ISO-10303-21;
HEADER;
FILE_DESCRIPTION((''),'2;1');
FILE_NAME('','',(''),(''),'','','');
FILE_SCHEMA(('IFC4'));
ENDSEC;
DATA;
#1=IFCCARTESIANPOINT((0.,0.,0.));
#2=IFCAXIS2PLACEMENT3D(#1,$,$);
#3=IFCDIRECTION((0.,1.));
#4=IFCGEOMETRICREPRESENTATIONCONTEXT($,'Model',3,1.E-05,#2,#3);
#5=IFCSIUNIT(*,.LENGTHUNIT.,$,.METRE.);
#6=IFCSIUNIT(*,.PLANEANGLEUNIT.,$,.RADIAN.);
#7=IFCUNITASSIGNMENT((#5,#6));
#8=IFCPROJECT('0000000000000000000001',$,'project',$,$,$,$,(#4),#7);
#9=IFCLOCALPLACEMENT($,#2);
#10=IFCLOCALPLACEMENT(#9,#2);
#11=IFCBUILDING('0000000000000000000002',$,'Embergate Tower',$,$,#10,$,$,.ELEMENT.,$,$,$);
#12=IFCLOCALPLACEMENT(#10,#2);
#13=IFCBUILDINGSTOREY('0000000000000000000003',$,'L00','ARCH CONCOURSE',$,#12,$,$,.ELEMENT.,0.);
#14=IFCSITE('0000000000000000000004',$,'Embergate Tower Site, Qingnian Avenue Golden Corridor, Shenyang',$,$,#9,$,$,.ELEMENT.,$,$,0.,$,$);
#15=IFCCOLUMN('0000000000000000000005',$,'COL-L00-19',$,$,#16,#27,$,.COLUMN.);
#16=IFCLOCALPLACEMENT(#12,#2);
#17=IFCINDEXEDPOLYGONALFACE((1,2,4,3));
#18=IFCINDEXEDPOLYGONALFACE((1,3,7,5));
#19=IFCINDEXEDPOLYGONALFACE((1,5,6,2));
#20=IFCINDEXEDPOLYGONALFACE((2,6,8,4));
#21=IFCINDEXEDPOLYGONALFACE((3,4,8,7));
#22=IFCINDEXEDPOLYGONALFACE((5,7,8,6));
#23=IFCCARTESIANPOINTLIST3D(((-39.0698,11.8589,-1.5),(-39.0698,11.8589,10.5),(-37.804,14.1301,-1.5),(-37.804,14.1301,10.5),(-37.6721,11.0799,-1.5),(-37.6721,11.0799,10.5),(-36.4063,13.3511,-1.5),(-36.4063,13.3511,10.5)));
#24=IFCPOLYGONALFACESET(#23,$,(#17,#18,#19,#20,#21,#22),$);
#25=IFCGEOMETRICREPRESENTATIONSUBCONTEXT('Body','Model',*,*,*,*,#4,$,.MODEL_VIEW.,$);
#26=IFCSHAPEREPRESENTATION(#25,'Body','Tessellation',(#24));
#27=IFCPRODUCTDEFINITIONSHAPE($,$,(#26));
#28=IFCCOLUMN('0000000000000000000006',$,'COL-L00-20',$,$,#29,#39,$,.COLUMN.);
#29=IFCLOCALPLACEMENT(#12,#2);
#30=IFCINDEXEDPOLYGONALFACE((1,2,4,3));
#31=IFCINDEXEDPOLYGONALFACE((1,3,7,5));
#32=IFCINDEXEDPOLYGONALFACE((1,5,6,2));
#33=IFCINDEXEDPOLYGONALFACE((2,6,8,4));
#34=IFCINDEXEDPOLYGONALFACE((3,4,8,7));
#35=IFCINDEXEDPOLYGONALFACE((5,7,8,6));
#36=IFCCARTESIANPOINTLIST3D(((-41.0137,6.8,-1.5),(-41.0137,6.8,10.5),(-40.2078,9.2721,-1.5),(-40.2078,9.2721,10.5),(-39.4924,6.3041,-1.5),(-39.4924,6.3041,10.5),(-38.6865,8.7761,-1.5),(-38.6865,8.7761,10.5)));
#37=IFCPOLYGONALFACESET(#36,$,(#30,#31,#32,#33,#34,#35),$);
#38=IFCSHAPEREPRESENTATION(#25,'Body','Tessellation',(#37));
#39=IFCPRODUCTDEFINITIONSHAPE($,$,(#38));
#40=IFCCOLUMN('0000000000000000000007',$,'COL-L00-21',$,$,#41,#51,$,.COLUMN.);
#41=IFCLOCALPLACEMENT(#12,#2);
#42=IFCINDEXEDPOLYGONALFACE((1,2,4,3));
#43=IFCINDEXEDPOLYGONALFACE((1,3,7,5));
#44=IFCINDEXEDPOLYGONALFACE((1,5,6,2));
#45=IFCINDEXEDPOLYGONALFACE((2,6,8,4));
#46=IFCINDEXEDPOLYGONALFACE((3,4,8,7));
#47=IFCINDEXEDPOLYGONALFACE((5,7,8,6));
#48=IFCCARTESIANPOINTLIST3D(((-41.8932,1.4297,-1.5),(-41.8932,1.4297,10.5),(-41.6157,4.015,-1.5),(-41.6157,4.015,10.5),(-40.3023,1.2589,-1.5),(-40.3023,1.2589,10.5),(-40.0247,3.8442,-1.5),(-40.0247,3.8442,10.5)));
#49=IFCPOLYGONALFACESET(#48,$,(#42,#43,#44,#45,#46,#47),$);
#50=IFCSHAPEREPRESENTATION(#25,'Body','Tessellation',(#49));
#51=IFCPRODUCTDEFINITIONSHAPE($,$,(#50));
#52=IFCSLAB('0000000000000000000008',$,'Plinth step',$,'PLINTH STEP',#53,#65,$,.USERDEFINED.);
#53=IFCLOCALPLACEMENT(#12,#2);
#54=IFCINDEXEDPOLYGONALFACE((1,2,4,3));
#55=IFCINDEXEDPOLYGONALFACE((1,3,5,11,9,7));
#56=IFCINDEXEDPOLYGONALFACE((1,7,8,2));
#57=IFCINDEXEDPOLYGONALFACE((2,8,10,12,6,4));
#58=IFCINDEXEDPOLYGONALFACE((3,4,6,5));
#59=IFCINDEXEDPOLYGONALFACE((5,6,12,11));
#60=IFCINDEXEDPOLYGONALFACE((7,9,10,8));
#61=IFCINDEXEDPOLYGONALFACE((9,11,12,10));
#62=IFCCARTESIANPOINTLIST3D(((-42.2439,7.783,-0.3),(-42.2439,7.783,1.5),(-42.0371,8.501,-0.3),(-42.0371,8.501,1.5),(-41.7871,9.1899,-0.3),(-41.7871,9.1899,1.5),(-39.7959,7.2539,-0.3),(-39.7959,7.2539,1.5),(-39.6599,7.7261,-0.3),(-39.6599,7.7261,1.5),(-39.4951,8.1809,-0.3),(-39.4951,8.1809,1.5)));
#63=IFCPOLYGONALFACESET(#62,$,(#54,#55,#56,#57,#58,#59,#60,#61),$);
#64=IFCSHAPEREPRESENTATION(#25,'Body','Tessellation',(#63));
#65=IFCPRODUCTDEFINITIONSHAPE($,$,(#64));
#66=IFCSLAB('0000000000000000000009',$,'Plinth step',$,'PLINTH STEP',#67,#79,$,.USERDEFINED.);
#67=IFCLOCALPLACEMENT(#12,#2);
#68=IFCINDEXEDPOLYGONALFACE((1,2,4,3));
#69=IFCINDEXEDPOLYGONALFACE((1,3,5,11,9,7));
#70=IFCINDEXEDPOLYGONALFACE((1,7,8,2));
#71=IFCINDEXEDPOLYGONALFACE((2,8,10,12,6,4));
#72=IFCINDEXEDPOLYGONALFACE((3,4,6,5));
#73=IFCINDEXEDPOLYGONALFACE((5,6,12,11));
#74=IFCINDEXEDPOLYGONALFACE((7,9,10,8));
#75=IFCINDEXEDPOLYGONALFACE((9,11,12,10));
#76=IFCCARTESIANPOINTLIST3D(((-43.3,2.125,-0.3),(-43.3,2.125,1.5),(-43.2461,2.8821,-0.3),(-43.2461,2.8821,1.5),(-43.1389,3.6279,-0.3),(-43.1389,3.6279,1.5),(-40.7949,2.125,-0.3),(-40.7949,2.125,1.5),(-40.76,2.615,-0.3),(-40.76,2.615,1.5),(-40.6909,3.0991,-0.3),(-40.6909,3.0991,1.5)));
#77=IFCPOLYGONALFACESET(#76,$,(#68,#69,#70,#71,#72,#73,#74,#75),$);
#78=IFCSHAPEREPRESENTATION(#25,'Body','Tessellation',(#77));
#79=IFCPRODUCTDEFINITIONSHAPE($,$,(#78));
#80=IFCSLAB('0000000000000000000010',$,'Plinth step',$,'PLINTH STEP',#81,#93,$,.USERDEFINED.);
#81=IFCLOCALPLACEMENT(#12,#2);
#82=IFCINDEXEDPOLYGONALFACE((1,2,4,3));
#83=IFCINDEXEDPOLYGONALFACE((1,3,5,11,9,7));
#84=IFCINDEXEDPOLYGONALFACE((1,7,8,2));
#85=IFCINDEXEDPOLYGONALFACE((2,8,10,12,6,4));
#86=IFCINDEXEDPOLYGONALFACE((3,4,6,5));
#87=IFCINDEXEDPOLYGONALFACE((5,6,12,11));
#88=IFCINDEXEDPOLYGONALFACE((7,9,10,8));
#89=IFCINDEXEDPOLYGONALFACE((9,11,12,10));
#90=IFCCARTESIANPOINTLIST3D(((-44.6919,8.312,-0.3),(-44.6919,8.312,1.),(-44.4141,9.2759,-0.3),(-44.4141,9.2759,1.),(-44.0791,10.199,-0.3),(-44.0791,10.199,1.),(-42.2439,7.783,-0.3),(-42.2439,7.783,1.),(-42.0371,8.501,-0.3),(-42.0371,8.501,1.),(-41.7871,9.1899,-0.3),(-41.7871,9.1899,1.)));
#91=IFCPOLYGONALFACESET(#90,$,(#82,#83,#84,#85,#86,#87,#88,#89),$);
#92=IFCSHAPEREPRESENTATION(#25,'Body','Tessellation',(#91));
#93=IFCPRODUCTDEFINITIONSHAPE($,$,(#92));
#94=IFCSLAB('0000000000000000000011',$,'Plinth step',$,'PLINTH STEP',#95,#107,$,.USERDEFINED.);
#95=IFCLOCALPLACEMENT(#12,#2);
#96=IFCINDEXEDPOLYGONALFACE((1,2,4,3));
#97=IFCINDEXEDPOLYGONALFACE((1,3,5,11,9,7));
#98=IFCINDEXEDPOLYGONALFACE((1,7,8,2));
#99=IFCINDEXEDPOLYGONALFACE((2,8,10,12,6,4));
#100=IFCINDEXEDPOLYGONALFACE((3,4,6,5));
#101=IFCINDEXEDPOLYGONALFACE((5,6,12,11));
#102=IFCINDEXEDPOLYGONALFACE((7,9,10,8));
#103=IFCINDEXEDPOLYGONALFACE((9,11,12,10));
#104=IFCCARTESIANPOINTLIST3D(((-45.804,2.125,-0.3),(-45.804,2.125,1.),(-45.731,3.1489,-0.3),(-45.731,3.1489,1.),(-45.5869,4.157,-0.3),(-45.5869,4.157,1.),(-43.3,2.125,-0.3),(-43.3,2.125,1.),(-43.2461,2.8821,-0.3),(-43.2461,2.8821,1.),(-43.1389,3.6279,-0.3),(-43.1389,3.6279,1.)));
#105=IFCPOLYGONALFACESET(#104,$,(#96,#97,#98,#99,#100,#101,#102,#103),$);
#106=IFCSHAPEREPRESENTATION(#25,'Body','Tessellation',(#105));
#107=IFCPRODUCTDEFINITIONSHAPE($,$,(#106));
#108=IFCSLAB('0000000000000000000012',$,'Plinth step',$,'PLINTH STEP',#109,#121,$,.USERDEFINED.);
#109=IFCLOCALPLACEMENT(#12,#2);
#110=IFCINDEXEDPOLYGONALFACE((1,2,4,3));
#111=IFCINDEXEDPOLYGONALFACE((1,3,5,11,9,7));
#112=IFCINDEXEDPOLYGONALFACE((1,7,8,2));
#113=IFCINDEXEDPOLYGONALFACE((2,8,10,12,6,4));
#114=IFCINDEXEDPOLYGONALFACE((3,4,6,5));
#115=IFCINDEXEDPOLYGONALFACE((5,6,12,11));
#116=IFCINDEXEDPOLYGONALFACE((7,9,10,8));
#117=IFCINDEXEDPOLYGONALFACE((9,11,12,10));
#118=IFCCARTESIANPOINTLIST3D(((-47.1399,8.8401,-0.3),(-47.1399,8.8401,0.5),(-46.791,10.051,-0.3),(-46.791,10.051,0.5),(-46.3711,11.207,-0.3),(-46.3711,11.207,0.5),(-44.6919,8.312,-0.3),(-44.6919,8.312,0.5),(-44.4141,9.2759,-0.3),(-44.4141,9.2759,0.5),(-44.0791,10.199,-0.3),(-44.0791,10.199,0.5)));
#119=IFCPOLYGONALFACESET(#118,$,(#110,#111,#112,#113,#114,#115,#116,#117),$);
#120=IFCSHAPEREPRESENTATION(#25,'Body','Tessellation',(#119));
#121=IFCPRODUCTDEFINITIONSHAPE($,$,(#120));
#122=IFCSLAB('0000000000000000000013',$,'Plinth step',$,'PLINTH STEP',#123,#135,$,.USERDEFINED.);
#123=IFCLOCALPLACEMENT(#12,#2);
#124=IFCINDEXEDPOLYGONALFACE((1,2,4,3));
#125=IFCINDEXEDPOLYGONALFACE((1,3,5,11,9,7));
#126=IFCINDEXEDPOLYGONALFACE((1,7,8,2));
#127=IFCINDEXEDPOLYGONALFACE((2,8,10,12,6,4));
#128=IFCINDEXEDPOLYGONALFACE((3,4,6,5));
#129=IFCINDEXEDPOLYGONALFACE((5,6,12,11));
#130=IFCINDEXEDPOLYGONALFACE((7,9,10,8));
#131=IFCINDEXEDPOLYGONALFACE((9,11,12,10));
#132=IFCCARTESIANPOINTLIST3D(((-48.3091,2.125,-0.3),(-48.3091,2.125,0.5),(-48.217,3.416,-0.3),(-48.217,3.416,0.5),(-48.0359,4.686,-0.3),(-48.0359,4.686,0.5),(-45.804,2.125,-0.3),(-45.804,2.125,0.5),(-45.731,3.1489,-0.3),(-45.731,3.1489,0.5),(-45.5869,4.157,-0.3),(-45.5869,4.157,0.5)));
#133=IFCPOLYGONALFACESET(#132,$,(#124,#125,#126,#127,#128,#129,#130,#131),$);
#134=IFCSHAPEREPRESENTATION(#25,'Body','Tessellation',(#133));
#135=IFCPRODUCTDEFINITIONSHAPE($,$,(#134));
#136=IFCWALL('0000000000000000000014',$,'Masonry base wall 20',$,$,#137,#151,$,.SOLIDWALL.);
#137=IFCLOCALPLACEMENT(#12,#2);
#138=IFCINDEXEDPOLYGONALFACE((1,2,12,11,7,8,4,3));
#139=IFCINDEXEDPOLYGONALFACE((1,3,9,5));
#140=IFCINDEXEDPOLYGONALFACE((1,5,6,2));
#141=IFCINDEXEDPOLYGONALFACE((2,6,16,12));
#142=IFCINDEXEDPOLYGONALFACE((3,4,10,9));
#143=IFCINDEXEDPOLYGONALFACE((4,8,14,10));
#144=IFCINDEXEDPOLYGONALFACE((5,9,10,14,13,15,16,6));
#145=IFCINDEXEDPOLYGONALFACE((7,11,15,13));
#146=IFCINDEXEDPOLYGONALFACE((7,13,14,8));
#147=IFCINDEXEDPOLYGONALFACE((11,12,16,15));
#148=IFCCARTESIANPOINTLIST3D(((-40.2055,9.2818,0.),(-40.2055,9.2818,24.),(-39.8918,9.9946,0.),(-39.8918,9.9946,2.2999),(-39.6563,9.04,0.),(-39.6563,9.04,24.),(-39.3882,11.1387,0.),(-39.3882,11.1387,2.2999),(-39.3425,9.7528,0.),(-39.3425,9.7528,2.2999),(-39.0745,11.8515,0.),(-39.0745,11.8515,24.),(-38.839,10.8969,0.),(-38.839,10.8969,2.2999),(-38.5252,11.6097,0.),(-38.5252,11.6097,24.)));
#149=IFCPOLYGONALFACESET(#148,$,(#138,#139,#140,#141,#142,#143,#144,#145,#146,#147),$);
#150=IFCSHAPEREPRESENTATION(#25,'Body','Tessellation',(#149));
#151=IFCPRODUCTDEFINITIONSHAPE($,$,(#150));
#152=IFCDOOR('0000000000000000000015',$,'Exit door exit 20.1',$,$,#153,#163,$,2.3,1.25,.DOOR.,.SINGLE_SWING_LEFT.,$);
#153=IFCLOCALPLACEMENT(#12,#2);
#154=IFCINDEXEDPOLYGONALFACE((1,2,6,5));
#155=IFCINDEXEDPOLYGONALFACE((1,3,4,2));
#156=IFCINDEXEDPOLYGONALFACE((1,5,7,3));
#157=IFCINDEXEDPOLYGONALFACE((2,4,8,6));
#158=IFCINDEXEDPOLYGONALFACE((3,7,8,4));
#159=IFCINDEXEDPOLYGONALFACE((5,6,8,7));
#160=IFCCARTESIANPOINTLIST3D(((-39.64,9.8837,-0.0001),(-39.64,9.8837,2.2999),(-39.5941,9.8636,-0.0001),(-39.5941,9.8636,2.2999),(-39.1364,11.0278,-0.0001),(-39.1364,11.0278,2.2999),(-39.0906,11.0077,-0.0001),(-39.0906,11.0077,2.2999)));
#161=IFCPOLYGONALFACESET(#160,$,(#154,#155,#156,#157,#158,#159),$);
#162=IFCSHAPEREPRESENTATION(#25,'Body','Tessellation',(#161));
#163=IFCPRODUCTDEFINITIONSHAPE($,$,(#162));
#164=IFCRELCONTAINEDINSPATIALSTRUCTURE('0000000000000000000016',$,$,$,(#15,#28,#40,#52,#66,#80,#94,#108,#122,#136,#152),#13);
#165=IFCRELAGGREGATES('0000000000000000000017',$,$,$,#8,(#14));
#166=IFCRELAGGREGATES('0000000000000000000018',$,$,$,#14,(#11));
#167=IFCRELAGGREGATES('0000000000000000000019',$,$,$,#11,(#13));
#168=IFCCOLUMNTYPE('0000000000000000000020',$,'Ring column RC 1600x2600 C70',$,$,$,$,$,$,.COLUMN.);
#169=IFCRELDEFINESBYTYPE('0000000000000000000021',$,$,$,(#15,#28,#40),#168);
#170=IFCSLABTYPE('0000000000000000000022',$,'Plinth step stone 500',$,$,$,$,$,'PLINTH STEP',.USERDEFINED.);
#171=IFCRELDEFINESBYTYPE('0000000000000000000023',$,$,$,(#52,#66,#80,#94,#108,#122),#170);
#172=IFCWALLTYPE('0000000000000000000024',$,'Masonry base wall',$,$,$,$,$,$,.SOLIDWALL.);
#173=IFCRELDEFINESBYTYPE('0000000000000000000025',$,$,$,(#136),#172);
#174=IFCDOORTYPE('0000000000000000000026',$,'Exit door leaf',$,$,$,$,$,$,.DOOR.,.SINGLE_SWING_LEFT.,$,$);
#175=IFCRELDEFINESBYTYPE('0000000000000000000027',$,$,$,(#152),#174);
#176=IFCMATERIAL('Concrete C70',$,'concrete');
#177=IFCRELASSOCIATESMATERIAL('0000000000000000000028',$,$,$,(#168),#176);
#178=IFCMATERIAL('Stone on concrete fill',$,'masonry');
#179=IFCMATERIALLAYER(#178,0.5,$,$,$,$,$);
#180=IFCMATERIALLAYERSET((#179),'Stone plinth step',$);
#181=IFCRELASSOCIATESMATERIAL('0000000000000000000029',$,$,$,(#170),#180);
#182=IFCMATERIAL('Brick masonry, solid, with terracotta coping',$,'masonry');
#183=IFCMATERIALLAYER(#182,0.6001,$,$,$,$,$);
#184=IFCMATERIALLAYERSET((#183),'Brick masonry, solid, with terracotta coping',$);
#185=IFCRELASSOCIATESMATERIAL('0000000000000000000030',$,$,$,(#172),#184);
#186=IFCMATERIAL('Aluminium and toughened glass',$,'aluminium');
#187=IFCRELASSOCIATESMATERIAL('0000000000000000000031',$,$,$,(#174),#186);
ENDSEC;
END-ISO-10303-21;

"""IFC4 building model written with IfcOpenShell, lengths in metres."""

from ifc_helpers import new_model, si_unit, direction, frame, frame_2d, origin, origin_2d, place, context, subcontext, project, spatial, polyline, rectangle, outline, extrude, source, transform, mapped, material, layer, layer_set, material_profile, profile_set, type_object, element, fill, save


model = new_model("IFC4")

# Units and contexts
model_context = context("Model", 3, precision=1e-05, world=origin(), true_north=direction((0.0, 1.0)))
body_context = subcontext(model_context, "Body", "Model", "MODEL_VIEW")
ifc_project = project(units=[si_unit("LENGTHUNIT", "METRE"), si_unit("PLANEANGLEUNIT", "RADIAN")], contexts=[model_context])

# Site, building, storey
site_placement = place(None, origin())
site = spatial("IfcSite", under=ifc_project, at=site_placement, Name="Embergate Tower Site, Qingnian Avenue Golden Corridor, Shenyang", CompositionType="ELEMENT", RefElevation=0.0)
building_placement = place(site_placement, origin())
building = spatial("IfcBuilding", under=site, at=building_placement, Name="Embergate Tower", CompositionType="ELEMENT")
storey_placement = place(building_placement, origin())
storey = spatial("IfcBuildingStorey", under=building, at=storey_placement, Name="L00", Description="ARCH CONCOURSE", CompositionType="ELEMENT", Elevation=0.0)

# Columns
ifc_material_1 = material(Name="Concrete C70", Category="concrete")
ifc_material_profile = material_profile(ifc_material_1, rectangle(XDim=1.6001, YDim=2.6001, at=origin_2d()), Name="RC 1600x2600")
ifc_profile_set = profile_set([ifc_material_profile], Name="Concrete C70")
column_type = type_object("IfcColumnType", Name="Ring column RC 1600x2600 C70", PredefinedType="COLUMN", material=ifc_profile_set)
shared_shape_1 = source(origin(), body_context, "Body", "SweptSolid", [
    extrude(rectangle(XDim=1.6001, YDim=2.6001, at=origin_2d()), origin(), (0.0, 0.0, 1.0), 12.0),
])
for number, where, z_axis, x_axis, name in (
    (1, (-37.738, 12.605, -1.5), (0.0, 0.0, 1.0), (-0.873492, 0.486839, 0.0), "COL-L00-19"),
    (2, (-39.8501, 7.7881, -1.5), (0.0, 0.0, 1.0), (-0.950754, 0.309946, 0.0), "COL-L00-20"),
    (3, (-40.959, 2.637, -1.5), (0.0, 0.0, 1.0), (-0.994286, 0.10675, 0.0), "COL-L00-21"),
):
    element("IfcColumn", number, at=place(storey_placement, frame(where, z_axis=z_axis, x_axis=x_axis)), inside=storey, type_object=column_type, Name=name, PredefinedType="COLUMN", context=body_context, shape_type="MappedRepresentation", body=[
        mapped(shared_shape_1, transform((0.0, 0.0, 0.0))),
    ])

# Slabs
ifc_material_2 = material(Name="Stone on concrete fill", Category="masonry")
ifc_layer_1 = layer(ifc_material_2, 0.5)
ifc_layer_set_1 = layer_set([ifc_layer_1], Name="Stone plinth step")
slab_type = type_object("IfcSlabType", Name="Plinth step stone 500", ElementType="PLINTH STEP", PredefinedType="USERDEFINED", material=ifc_layer_set_1)
shared_shape_2 = source(origin(), body_context, "Body", "SweptSolid", [
    extrude(outline(polyline([(0.0, 0.0), (-2.448, 0.5291), (-2.2412, 1.2471), (-1.9912, 1.936), (0.3008, 0.927), (0.136, 0.4722), (0.0, 0.0)])), origin(), (0.0, 0.0, 1.0), 1.8),
])
slab_1_placement = place(storey_placement, frame((-39.7959, 7.2539, -0.3)))
element("IfcSlab", 4, at=slab_1_placement, inside=storey, type_object=slab_type, Name="Plinth step", ObjectType="PLINTH STEP", PredefinedType="USERDEFINED", context=body_context, shape_type="MappedRepresentation", body=[
    mapped(shared_shape_2, transform((0.0, 0.0, 0.0))),
])
shared_shape_3 = source(origin(), body_context, "Body", "SweptSolid", [
    extrude(outline(polyline([(0.0, 0.0), (0.054, 0.7571), (0.1611, 1.5029), (2.6091, 0.9741), (2.54, 0.49), (2.5051, 0.0), (0.0, 0.0)])), origin(), (0.0, 0.0, 1.0), 1.8),
])
slab_2_placement = place(storey_placement, frame((-43.3, 2.125, -0.3)))
element("IfcSlab", 5, at=slab_2_placement, inside=storey, type_object=slab_type, Name="Plinth step", ObjectType="PLINTH STEP", PredefinedType="USERDEFINED", context=body_context, shape_type="MappedRepresentation", body=[
    mapped(shared_shape_3, transform((0.0, 0.0, 0.0))),
])
shared_shape_4 = source(origin(), body_context, "Body", "SweptSolid", [
    extrude(outline(polyline([(0.0, 0.0), (-2.448, 0.5291), (-2.1702, 1.4929), (-1.8352, 2.416), (0.4568, 1.407), (0.2068, 0.718), (0.0, 0.0)])), origin(), (0.0, 0.0, 1.0), 1.3),
])
slab_3_placement = place(storey_placement, frame((-42.2439, 7.783, -0.3)))
element("IfcSlab", 6, at=slab_3_placement, inside=storey, type_object=slab_type, Name="Plinth step", ObjectType="PLINTH STEP", PredefinedType="USERDEFINED", context=body_context, shape_type="MappedRepresentation", body=[
    mapped(shared_shape_4, transform((0.0, 0.0, 0.0))),
])
shared_shape_5 = source(origin(), body_context, "Body", "SweptSolid", [
    extrude(outline(polyline([(0.0, 0.0), (0.073, 1.0239), (0.217, 2.032), (2.665, 1.5029), (2.5579, 0.7571), (2.5039, 0.0), (0.0, 0.0)])), origin(), (0.0, 0.0, 1.0), 1.3),
])
slab_4_placement = place(storey_placement, frame((-45.804, 2.125, -0.3)))
element("IfcSlab", 7, at=slab_4_placement, inside=storey, type_object=slab_type, Name="Plinth step", ObjectType="PLINTH STEP", PredefinedType="USERDEFINED", context=body_context, shape_type="MappedRepresentation", body=[
    mapped(shared_shape_5, transform((0.0, 0.0, 0.0))),
])
shared_shape_6 = source(origin(), body_context, "Body", "SweptSolid", [
    extrude(outline(polyline([(0.0, 0.0), (-2.448, 0.5281), (-2.0991, 1.739), (-1.6792, 2.895), (0.6128, 1.887), (0.2778, 0.9639), (0.0, 0.0)])), origin(), (0.0, 0.0, 1.0), 0.8),
])
slab_5_placement = place(storey_placement, frame((-44.6919, 8.312, -0.3)))
element("IfcSlab", 8, at=slab_5_placement, inside=storey, type_object=slab_type, Name="Plinth step", ObjectType="PLINTH STEP", PredefinedType="USERDEFINED", context=body_context, shape_type="MappedRepresentation", body=[
    mapped(shared_shape_6, transform((0.0, 0.0, 0.0))),
])
shared_shape_7 = source(origin(), body_context, "Body", "SweptSolid", [
    extrude(outline(polyline([(0.0, 0.0), (0.092, 1.291), (0.2732, 2.561), (2.7222, 2.032), (2.5781, 1.0239), (2.5051, 0.0), (0.0, 0.0)])), origin(), (0.0, 0.0, 1.0), 0.8),
])
slab_6_placement = place(storey_placement, frame((-48.3091, 2.125, -0.3)))
element("IfcSlab", 9, at=slab_6_placement, inside=storey, type_object=slab_type, Name="Plinth step", ObjectType="PLINTH STEP", PredefinedType="USERDEFINED", context=body_context, shape_type="MappedRepresentation", body=[
    mapped(shared_shape_7, transform((0.0, 0.0, 0.0))),
])

# Wall, opening, door
ifc_material_3 = material(Name="Brick masonry, solid, with terracotta coping", Category="masonry")
ifc_layer_2 = layer(ifc_material_3, 0.6001)
ifc_layer_set_2 = layer_set([ifc_layer_2], Name="Brick masonry, solid, with terracotta coping")
wall_type_1 = type_object("IfcWallType", Name="Masonry base wall", PredefinedType="SOLIDWALL", material=ifc_layer_set_2)
shared_shape_8 = source(origin(), body_context, "Body", "SweptSolid", [
    extrude(rectangle(XDim=2.8076, YDim=0.6001, at=frame_2d((1.4038, 0.0))), origin(), (0.0, 0.0, 1.0), 24.0),
])
wall_1_placement = place(storey_placement, frame((-39.9309, 9.1609, 0.0), z_axis=(0.0, 0.0, 1.0), x_axis=(0.402852, 0.915265, 0.0)))
wall_1 = element("IfcWall", 10, at=wall_1_placement, inside=storey, type_object=wall_type_1, Name="Masonry base wall 20", PredefinedType="SOLIDWALL", context=body_context, shape_type="MappedRepresentation", body=[
    mapped(shared_shape_8, transform((0.0, 0.0, 0.0))),
])
shared_shape_9 = source(origin(), body_context, "Body", "SweptSolid", [
    extrude(rectangle(XDim=1.25, YDim=2.3, at=frame_2d((0.625, 1.1499))), frame((0.0, 0.3101, 0.0), z_axis=(0.0, -1.0, 0.0), x_axis=(1.0, 0.0, 0.0)), (0.0, 0.0, 1.0), 0.6201),
])
opening_1_placement = place(wall_1_placement, frame((0.7788, 0.0, 0.0)))
opening_1 = element("IfcOpeningElement", 11, at=opening_1_placement, cuts=wall_1, PredefinedType="OPENING", context=body_context, shape_type="MappedRepresentation", body=[
    mapped(shared_shape_9, transform((0.0, 0.0, 0.0))),
])
ifc_material_4 = material(Name="Aluminium and toughened glass", Category="aluminium")
door_type = type_object("IfcDoorType", Name="Exit door leaf", OperationType="SINGLE_SWING_LEFT", PredefinedType="DOOR", material=ifc_material_4)
shared_shape_10 = source(origin(), body_context, "Body", "SweptSolid", [
    extrude(rectangle(XDim=1.25, YDim=2.3, at=frame_2d((0.625, 1.1499))), frame((0.0, 0.0249, 0.0), z_axis=(0.0, -1.0, 0.0), x_axis=(1.0, 0.0, 0.0)), (0.0, 0.0, 1.0), 0.05),
])
door_1_placement = place(opening_1_placement, origin())
door_1 = element("IfcDoor", 12, at=door_1_placement, inside=storey, type_object=door_type, Name="Exit door exit 20.1", OperationType="SINGLE_SWING_LEFT", OverallHeight=2.3, OverallWidth=1.25, PredefinedType="DOOR", context=body_context, shape_type="MappedRepresentation", body=[
    mapped(shared_shape_10, transform((0.0, 0.0, 0.0))),
])
fill(opening_1, door_1)

save(model, "model.ifc")
